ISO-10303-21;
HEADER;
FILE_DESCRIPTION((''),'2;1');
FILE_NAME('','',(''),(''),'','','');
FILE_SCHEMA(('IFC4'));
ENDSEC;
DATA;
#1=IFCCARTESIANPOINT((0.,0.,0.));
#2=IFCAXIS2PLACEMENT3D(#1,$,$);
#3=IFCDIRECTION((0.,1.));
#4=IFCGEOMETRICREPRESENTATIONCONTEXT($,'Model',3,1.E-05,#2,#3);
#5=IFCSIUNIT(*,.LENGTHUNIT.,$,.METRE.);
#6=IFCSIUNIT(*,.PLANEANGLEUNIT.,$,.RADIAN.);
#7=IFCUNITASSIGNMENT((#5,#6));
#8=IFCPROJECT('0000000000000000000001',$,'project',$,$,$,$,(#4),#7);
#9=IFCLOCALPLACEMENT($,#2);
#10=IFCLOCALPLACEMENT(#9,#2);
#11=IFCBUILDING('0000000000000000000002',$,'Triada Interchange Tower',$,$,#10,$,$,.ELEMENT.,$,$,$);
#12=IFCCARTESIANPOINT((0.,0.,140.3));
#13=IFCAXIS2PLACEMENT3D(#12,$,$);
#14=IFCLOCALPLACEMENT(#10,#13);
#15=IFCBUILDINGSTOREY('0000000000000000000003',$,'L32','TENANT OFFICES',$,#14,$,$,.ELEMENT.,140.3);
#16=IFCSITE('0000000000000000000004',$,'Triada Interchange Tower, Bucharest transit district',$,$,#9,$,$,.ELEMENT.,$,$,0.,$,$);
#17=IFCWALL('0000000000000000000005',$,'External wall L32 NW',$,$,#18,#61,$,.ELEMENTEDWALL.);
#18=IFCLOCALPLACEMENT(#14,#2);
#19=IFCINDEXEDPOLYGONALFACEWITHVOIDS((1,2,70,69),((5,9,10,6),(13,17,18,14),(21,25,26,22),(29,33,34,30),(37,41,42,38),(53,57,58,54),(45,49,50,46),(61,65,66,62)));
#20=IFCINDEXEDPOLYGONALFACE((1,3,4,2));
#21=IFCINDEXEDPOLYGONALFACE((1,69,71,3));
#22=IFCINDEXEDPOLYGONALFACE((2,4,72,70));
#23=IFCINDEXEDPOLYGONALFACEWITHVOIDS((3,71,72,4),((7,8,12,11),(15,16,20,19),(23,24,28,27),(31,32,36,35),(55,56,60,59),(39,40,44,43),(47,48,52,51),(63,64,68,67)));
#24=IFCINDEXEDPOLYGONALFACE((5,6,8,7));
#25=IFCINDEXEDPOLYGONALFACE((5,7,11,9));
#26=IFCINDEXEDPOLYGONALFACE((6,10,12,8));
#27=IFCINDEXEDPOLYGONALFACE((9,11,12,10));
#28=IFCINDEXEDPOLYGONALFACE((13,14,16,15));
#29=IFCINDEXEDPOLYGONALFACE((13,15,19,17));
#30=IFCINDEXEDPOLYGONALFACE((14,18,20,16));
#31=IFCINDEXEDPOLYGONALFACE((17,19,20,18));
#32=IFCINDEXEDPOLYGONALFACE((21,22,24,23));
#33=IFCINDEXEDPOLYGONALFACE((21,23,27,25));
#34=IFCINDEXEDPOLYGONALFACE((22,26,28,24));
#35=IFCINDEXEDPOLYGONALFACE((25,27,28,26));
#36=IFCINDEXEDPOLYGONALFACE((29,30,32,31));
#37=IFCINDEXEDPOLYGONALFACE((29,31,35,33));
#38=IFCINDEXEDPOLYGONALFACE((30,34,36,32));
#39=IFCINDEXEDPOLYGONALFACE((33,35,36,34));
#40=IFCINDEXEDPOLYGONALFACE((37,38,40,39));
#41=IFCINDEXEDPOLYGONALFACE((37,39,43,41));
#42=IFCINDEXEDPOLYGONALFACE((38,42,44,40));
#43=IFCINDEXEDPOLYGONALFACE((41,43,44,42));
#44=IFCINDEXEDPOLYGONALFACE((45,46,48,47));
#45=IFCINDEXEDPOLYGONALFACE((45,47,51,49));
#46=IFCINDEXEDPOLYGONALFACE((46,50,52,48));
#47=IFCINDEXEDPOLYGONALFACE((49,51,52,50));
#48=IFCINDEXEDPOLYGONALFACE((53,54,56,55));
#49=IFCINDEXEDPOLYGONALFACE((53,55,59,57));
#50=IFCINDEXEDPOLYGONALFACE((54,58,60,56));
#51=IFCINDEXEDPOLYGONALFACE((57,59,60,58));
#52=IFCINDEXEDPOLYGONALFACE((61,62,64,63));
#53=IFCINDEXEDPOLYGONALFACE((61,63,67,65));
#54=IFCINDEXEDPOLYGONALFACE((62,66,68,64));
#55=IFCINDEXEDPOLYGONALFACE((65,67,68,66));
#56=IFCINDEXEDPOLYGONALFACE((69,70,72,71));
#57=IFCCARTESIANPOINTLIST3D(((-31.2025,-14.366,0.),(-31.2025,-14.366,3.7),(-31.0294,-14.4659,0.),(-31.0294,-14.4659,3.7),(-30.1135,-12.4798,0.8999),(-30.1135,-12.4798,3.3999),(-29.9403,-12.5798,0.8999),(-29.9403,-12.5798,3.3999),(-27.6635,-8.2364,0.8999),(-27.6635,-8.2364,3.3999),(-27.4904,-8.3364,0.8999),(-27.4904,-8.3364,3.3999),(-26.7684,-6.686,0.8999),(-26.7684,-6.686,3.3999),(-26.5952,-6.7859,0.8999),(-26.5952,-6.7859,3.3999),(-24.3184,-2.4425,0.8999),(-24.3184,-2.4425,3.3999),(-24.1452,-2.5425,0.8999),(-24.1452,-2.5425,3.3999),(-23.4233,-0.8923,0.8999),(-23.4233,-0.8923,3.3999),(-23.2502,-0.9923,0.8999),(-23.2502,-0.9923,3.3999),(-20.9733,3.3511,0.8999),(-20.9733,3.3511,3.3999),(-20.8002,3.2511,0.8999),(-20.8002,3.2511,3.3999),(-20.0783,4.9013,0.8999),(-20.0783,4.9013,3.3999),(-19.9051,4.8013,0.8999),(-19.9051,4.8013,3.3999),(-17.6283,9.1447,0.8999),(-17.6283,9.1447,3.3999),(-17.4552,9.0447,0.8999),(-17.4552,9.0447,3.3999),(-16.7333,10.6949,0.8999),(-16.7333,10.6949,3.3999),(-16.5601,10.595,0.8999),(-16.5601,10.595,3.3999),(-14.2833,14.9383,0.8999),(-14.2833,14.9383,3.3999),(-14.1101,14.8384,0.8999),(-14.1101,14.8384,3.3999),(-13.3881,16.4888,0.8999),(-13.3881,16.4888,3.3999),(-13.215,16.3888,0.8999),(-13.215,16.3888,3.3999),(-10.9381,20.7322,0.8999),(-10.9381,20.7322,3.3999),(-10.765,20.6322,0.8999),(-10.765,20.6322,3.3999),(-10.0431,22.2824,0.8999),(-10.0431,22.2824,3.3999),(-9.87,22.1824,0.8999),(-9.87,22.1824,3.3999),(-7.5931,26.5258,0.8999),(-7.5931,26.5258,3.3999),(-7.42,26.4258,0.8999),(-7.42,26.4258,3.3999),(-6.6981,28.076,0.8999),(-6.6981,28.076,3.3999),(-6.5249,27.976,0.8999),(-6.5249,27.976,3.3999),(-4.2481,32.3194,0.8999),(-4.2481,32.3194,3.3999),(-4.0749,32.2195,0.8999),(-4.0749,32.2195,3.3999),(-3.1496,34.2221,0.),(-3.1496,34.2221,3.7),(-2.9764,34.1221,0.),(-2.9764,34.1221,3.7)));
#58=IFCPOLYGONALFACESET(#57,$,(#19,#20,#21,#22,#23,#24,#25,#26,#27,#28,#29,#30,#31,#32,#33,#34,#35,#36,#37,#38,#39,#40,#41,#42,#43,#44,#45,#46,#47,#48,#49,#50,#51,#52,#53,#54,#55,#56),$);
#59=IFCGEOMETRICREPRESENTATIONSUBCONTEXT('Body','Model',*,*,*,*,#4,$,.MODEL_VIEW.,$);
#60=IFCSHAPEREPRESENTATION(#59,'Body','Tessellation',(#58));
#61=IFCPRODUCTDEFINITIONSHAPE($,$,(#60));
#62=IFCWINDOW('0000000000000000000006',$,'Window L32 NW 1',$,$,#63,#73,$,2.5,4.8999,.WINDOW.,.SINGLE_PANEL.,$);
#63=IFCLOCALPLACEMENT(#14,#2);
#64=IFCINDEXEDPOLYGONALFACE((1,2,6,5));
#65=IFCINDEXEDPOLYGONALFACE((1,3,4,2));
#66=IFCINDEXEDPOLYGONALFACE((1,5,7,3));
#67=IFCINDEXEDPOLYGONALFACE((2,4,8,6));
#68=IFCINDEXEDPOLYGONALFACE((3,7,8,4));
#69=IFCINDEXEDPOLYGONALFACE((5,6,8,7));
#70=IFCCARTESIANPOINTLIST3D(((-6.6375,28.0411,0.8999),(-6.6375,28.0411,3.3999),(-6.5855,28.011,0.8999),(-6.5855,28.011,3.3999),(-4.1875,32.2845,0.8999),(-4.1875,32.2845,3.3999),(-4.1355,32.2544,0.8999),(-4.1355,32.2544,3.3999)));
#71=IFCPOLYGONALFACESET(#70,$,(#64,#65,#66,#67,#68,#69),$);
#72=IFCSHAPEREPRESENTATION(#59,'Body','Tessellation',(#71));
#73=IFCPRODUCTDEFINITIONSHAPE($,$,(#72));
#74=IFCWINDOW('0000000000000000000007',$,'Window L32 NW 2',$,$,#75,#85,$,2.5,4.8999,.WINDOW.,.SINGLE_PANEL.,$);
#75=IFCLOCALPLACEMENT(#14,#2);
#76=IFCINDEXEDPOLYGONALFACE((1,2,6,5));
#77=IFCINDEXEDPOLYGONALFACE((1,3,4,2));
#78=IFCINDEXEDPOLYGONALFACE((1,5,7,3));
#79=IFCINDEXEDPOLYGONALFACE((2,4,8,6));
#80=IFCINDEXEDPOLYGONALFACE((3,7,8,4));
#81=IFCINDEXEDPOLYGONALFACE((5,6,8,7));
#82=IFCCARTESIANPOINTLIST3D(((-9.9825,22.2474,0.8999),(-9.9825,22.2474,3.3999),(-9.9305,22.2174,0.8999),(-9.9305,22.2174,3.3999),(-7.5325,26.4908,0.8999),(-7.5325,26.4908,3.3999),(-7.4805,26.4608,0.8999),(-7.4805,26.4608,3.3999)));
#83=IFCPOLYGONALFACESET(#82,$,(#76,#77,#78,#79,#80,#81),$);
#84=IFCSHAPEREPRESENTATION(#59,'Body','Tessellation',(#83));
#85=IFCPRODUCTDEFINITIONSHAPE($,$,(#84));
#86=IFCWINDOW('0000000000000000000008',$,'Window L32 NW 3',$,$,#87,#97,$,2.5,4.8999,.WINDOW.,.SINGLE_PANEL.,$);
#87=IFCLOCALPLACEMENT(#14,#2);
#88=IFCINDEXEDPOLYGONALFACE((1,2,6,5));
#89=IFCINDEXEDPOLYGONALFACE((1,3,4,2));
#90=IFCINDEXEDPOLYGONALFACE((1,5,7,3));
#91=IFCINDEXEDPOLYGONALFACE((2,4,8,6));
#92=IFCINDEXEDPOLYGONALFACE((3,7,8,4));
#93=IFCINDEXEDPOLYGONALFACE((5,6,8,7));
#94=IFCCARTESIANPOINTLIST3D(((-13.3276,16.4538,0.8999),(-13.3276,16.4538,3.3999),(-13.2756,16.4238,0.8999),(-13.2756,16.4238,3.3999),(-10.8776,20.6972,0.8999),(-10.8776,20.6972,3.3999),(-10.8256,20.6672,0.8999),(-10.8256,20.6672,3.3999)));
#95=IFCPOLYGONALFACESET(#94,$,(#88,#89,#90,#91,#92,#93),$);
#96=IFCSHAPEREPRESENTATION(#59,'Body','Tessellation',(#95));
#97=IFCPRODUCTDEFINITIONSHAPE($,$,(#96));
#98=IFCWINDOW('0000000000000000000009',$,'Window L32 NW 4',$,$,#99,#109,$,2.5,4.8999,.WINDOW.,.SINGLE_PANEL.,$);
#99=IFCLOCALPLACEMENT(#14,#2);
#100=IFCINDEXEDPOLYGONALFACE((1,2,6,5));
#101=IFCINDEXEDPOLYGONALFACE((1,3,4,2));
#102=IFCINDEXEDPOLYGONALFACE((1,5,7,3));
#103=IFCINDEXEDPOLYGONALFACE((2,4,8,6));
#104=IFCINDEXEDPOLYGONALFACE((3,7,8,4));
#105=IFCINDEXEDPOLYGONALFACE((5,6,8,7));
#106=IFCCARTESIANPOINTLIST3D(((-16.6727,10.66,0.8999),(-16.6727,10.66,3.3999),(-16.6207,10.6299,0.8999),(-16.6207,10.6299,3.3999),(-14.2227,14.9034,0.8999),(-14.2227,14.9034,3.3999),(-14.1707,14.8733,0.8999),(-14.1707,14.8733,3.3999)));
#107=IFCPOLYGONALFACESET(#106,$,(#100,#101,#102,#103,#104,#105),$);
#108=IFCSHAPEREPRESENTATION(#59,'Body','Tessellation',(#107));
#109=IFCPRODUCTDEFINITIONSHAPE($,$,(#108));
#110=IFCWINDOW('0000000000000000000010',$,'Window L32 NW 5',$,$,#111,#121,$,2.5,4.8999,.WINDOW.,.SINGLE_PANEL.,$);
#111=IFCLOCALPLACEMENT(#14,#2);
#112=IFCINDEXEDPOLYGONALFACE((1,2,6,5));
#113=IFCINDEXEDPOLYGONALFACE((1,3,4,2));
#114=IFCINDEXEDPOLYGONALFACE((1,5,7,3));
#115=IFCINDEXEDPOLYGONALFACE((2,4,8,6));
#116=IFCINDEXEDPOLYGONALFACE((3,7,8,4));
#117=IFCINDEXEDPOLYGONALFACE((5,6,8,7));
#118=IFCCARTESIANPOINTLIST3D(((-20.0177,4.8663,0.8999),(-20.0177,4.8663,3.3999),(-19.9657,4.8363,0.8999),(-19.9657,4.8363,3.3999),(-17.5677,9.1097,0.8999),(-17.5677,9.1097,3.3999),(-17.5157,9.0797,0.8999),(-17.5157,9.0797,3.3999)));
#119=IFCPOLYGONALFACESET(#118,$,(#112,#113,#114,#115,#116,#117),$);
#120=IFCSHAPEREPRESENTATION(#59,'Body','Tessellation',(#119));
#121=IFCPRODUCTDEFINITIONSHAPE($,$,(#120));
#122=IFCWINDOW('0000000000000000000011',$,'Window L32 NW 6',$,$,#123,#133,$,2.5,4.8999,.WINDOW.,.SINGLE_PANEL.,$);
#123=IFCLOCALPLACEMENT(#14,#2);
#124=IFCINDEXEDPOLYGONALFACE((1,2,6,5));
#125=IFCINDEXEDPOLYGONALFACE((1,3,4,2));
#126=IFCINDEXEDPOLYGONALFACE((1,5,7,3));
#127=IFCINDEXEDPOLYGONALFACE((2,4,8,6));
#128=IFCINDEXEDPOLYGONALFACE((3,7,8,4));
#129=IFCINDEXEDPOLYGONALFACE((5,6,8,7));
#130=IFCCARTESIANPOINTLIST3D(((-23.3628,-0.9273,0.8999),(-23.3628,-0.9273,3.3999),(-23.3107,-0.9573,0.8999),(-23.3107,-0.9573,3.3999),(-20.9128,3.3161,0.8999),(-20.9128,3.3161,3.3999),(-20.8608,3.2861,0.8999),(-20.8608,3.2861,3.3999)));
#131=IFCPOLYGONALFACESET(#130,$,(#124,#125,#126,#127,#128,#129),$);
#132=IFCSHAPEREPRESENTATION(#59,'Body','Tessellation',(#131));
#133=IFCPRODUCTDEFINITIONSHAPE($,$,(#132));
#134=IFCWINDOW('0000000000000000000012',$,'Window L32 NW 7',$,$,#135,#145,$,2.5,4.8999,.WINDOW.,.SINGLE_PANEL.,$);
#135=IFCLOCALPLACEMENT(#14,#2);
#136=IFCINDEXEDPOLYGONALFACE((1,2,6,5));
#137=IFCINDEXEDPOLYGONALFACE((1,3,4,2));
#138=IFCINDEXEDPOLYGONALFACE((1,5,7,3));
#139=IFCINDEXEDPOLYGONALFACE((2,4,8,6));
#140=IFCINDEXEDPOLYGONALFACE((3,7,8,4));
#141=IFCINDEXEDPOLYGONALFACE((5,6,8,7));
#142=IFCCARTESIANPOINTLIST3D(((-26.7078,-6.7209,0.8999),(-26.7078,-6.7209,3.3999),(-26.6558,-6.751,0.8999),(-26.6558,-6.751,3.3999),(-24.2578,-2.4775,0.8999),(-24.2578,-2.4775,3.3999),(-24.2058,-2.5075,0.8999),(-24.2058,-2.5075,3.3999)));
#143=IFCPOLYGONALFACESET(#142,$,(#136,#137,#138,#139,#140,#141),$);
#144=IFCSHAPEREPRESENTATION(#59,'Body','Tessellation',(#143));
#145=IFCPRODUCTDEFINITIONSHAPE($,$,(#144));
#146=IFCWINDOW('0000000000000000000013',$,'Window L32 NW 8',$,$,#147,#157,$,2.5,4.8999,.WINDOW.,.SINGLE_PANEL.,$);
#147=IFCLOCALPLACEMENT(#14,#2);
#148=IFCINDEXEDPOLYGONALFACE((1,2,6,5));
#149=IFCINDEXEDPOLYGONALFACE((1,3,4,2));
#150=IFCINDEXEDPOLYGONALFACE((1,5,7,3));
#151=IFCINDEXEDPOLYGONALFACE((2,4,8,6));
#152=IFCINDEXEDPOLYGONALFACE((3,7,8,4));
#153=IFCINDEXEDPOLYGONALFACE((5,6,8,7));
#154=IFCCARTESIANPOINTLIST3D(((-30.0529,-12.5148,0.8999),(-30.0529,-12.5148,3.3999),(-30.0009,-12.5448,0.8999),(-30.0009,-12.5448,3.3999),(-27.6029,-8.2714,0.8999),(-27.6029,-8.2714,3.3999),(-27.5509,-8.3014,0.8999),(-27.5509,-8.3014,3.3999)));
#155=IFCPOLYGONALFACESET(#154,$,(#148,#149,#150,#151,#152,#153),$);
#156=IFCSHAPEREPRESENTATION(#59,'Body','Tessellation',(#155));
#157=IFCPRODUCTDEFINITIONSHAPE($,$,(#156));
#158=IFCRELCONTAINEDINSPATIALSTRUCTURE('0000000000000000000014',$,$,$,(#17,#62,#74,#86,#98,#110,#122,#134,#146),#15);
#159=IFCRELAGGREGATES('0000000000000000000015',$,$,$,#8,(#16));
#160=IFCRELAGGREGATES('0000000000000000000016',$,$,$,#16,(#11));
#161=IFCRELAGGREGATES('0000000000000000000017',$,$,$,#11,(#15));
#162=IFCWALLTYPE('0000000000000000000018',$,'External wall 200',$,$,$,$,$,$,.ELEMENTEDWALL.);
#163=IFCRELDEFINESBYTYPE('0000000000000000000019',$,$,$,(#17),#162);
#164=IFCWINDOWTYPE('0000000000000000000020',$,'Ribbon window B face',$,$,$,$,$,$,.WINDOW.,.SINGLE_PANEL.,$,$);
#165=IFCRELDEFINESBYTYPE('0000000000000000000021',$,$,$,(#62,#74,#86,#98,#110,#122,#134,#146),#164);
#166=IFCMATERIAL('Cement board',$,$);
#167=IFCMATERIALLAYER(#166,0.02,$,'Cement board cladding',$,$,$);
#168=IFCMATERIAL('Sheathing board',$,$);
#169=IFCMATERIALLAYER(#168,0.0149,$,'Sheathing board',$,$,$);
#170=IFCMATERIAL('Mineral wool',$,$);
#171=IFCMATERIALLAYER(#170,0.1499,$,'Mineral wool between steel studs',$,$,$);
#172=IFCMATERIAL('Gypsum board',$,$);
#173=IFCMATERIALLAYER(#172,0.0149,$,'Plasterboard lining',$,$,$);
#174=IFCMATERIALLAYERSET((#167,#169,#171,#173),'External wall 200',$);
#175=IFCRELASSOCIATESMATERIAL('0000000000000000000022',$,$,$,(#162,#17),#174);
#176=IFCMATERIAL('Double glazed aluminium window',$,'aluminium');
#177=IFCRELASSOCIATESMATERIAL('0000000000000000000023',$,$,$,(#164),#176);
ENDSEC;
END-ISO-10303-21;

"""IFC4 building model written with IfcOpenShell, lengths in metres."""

from ifc_helpers import new_model, si_unit, direction, frame, frame_2d, origin, place, context, subcontext, project, spatial, rectangle, extrude, material, layer, layer_set, layer_usage, type_object, element, fill, save


model = new_model("IFC4")

# Units and contexts
model_context = context("Model", 3, precision=1e-05, world=origin(), true_north=direction((0.0, 1.0)))
body_context = subcontext(model_context, "Body", "Model", "MODEL_VIEW")
ifc_project = project(units=[si_unit("LENGTHUNIT", "METRE"), si_unit("PLANEANGLEUNIT", "RADIAN")], contexts=[model_context])

# Site, building, storey
site_placement = place(None, origin())
site = spatial("IfcSite", under=ifc_project, at=site_placement, Name="Triada Interchange Tower, Bucharest transit district", CompositionType="ELEMENT", RefElevation=0.0)
building_placement = place(site_placement, origin())
building = spatial("IfcBuilding", under=site, at=building_placement, Name="Triada Interchange Tower", CompositionType="ELEMENT")
storey_placement = place(building_placement, frame((0.0, 0.0, 140.3)))
storey = spatial("IfcBuildingStorey", under=building, at=storey_placement, Name="L32", Description="TENANT OFFICES", CompositionType="ELEMENT", Elevation=140.3)

# Wall, openings, windows
ifc_material_1 = material(Name="Cement board")
ifc_layer_1 = layer(ifc_material_1, 0.02, Name="Cement board cladding")
ifc_material_2 = material(Name="Sheathing board")
ifc_layer_2 = layer(ifc_material_2, 0.0149, Name="Sheathing board")
ifc_material_3 = material(Name="Mineral wool")
ifc_layer_3 = layer(ifc_material_3, 0.1499, Name="Mineral wool between steel studs")
ifc_material_4 = material(Name="Gypsum board")
ifc_layer_4 = layer(ifc_material_4, 0.0149, Name="Plasterboard lining")
ifc_layer_set_1 = layer_set([ifc_layer_1, ifc_layer_2, ifc_layer_3, ifc_layer_4], Name="External wall 200")
ifc_layer_usage = layer_usage(ifc_layer_set_1, "AXIS2", "POSITIVE", -0.1001)
wall_type_1 = type_object("IfcWallType", Name="External wall 200", PredefinedType="ELEMENTEDWALL", material=ifc_layer_set_1)
wall_1_placement = place(storey_placement, frame((-3.063, 34.1721, 0.0), z_axis=(0.0, 0.0, 1.0), x_axis=(-0.500008, -0.866021, 0.0)))
wall_1 = element("IfcWall", 1, at=wall_1_placement, inside=storey, type_object=wall_type_1, material=ifc_layer_usage, Name="External wall L32 NW", PredefinedType="ELEMENTEDWALL", context=body_context, shape_type="SweptSolid", body=[
    extrude(rectangle(XDim=56.105, YDim=0.2, at=frame_2d((28.0525, 0.0))), origin(), (0.0, 0.0, 1.0), 3.7),
])
opening_1_placement = place(wall_1_placement, frame((2.197, 0.0, 0.8999)))
opening_1 = element("IfcOpeningElement", 2, at=opening_1_placement, cuts=wall_1, PredefinedType="OPENING", context=body_context, shape_type="SweptSolid", body=[
    extrude(rectangle(XDim=4.8999, YDim=2.5, at=frame_2d((2.45, 1.25))), frame((0.0, 0.1099, 0.0), z_axis=(0.0, -1.0, 0.0), x_axis=(1.0, 0.0, 0.0)), (0.0, 0.0, 1.0), 0.22),
])
opening_2_placement = place(wall_1_placement, frame((8.887, 0.0, 0.8999)))
opening_2 = element("IfcOpeningElement", 3, at=opening_2_placement, cuts=wall_1, PredefinedType="OPENING", context=body_context, shape_type="SweptSolid", body=[
    extrude(rectangle(XDim=4.8999, YDim=2.5, at=frame_2d((2.45, 1.25))), frame((0.0, 0.1099, 0.0), z_axis=(0.0, -1.0, 0.0), x_axis=(1.0, 0.0, 0.0)), (0.0, 0.0, 1.0), 0.22),
])
opening_3_placement = place(wall_1_placement, frame((15.5769, 0.0, 0.8999)))
opening_3 = element("IfcOpeningElement", 4, at=opening_3_placement, cuts=wall_1, PredefinedType="OPENING", context=body_context, shape_type="SweptSolid", body=[
    extrude(rectangle(XDim=4.8999, YDim=2.5, at=frame_2d((2.45, 1.25))), frame((0.0, 0.1099, 0.0), z_axis=(0.0, -1.0, 0.0), x_axis=(1.0, 0.0, 0.0)), (0.0, 0.0, 1.0), 0.22),
])
opening_4_placement = place(wall_1_placement, frame((22.2671, 0.0, 0.8999)))
opening_4 = element("IfcOpeningElement", 5, at=opening_4_placement, cuts=wall_1, PredefinedType="OPENING", context=body_context, shape_type="SweptSolid", body=[
    extrude(rectangle(XDim=4.8999, YDim=2.5, at=frame_2d((2.45, 1.25))), frame((0.0, 0.1099, 0.0), z_axis=(0.0, -1.0, 0.0), x_axis=(1.0, 0.0, 0.0)), (0.0, 0.0, 1.0), 0.22),
])
opening_5_placement = place(wall_1_placement, frame((28.957, 0.0, 0.8999)))
opening_5 = element("IfcOpeningElement", 6, at=opening_5_placement, cuts=wall_1, PredefinedType="OPENING", context=body_context, shape_type="SweptSolid", body=[
    extrude(rectangle(XDim=4.8999, YDim=2.5, at=frame_2d((2.45, 1.25))), frame((0.0, 0.1099, 0.0), z_axis=(0.0, -1.0, 0.0), x_axis=(1.0, 0.0, 0.0)), (0.0, 0.0, 1.0), 0.22),
])
opening_6_placement = place(wall_1_placement, frame((35.647, 0.0, 0.8999)))
opening_6 = element("IfcOpeningElement", 7, at=opening_6_placement, cuts=wall_1, PredefinedType="OPENING", context=body_context, shape_type="SweptSolid", body=[
    extrude(rectangle(XDim=4.8999, YDim=2.5, at=frame_2d((2.45, 1.25))), frame((0.0, 0.1099, 0.0), z_axis=(0.0, -1.0, 0.0), x_axis=(1.0, 0.0, 0.0)), (0.0, 0.0, 1.0), 0.22),
])
opening_7_placement = place(wall_1_placement, frame((42.3369, 0.0, 0.8999)))
opening_7 = element("IfcOpeningElement", 8, at=opening_7_placement, cuts=wall_1, PredefinedType="OPENING", context=body_context, shape_type="SweptSolid", body=[
    extrude(rectangle(XDim=4.8999, YDim=2.5, at=frame_2d((2.45, 1.25))), frame((0.0, 0.1099, 0.0), z_axis=(0.0, -1.0, 0.0), x_axis=(1.0, 0.0, 0.0)), (0.0, 0.0, 1.0), 0.22),
])
opening_8_placement = place(wall_1_placement, frame((49.0271, 0.0, 0.8999)))
opening_8 = element("IfcOpeningElement", 9, at=opening_8_placement, cuts=wall_1, PredefinedType="OPENING", context=body_context, shape_type="SweptSolid", body=[
    extrude(rectangle(XDim=4.8999, YDim=2.5, at=frame_2d((2.45, 1.25))), frame((0.0, 0.1099, 0.0), z_axis=(0.0, -1.0, 0.0), x_axis=(1.0, 0.0, 0.0)), (0.0, 0.0, 1.0), 0.22),
])
ifc_material_5 = material(Name="Double glazed aluminium window", Category="aluminium")
window_type = type_object("IfcWindowType", Name="Ribbon window B face", PartitioningType="SINGLE_PANEL", PredefinedType="WINDOW", material=ifc_material_5)
window_1_placement = place(opening_1_placement, origin())
window_1 = element("IfcWindow", 10, at=window_1_placement, inside=storey, type_object=window_type, Name="Window L32 NW 1", OverallHeight=2.5, OverallWidth=4.8999, PartitioningType="SINGLE_PANEL", PredefinedType="WINDOW", context=body_context, shape_type="SweptSolid", body=[
    extrude(rectangle(XDim=4.8999, YDim=2.5, at=frame_2d((2.45, 1.25))), frame((0.0, 0.03, 0.0), z_axis=(0.0, -1.0, 0.0), x_axis=(1.0, 0.0, 0.0)), (0.0, 0.0, 1.0), 0.0601),
])
fill(opening_1, window_1)
window_2_placement = place(opening_2_placement, origin())
window_2 = element("IfcWindow", 11, at=window_2_placement, inside=storey, type_object=window_type, Name="Window L32 NW 2", OverallHeight=2.5, OverallWidth=4.8999, PartitioningType="SINGLE_PANEL", PredefinedType="WINDOW", context=body_context, shape_type="SweptSolid", body=[
    extrude(rectangle(XDim=4.8999, YDim=2.5, at=frame_2d((2.45, 1.25))), frame((0.0, 0.03, 0.0), z_axis=(0.0, -1.0, 0.0), x_axis=(1.0, 0.0, 0.0)), (0.0, 0.0, 1.0), 0.0601),
])
fill(opening_2, window_2)
window_3_placement = place(opening_3_placement, origin())
window_3 = element("IfcWindow", 12, at=window_3_placement, inside=storey, type_object=window_type, Name="Window L32 NW 3", OverallHeight=2.5, OverallWidth=4.8999, PartitioningType="SINGLE_PANEL", PredefinedType="WINDOW", context=body_context, shape_type="SweptSolid", body=[
    extrude(rectangle(XDim=4.8999, YDim=2.5, at=frame_2d((2.45, 1.25))), frame((0.0, 0.03, 0.0), z_axis=(0.0, -1.0, 0.0), x_axis=(1.0, 0.0, 0.0)), (0.0, 0.0, 1.0), 0.0601),
])
fill(opening_3, window_3)
window_4_placement = place(opening_4_placement, origin())
window_4 = element("IfcWindow", 13, at=window_4_placement, inside=storey, type_object=window_type, Name="Window L32 NW 4", OverallHeight=2.5, OverallWidth=4.8999, PartitioningType="SINGLE_PANEL", PredefinedType="WINDOW", context=body_context, shape_type="SweptSolid", body=[
    extrude(rectangle(XDim=4.8999, YDim=2.5, at=frame_2d((2.45, 1.25))), frame((0.0, 0.03, 0.0), z_axis=(0.0, -1.0, 0.0), x_axis=(1.0, 0.0, 0.0)), (0.0, 0.0, 1.0), 0.0601),
])
fill(opening_4, window_4)
window_5_placement = place(opening_5_placement, origin())
window_5 = element("IfcWindow", 14, at=window_5_placement, inside=storey, type_object=window_type, Name="Window L32 NW 5", OverallHeight=2.5, OverallWidth=4.8999, PartitioningType="SINGLE_PANEL", PredefinedType="WINDOW", context=body_context, shape_type="SweptSolid", body=[
    extrude(rectangle(XDim=4.8999, YDim=2.5, at=frame_2d((2.45, 1.25))), frame((0.0, 0.03, 0.0), z_axis=(0.0, -1.0, 0.0), x_axis=(1.0, 0.0, 0.0)), (0.0, 0.0, 1.0), 0.0601),
])
fill(opening_5, window_5)
window_6_placement = place(opening_6_placement, origin())
window_6 = element("IfcWindow", 15, at=window_6_placement, inside=storey, type_object=window_type, Name="Window L32 NW 6", OverallHeight=2.5, OverallWidth=4.8999, PartitioningType="SINGLE_PANEL", PredefinedType="WINDOW", context=body_context, shape_type="SweptSolid", body=[
    extrude(rectangle(XDim=4.8999, YDim=2.5, at=frame_2d((2.45, 1.25))), frame((0.0, 0.03, 0.0), z_axis=(0.0, -1.0, 0.0), x_axis=(1.0, 0.0, 0.0)), (0.0, 0.0, 1.0), 0.0601),
])
fill(opening_6, window_6)
window_7_placement = place(opening_7_placement, origin())
window_7 = element("IfcWindow", 16, at=window_7_placement, inside=storey, type_object=window_type, Name="Window L32 NW 7", OverallHeight=2.5, OverallWidth=4.8999, PartitioningType="SINGLE_PANEL", PredefinedType="WINDOW", context=body_context, shape_type="SweptSolid", body=[
    extrude(rectangle(XDim=4.8999, YDim=2.5, at=frame_2d((2.45, 1.25))), frame((0.0, 0.03, 0.0), z_axis=(0.0, -1.0, 0.0), x_axis=(1.0, 0.0, 0.0)), (0.0, 0.0, 1.0), 0.0601),
])
fill(opening_7, window_7)
window_8_placement = place(opening_8_placement, origin())
window_8 = element("IfcWindow", 17, at=window_8_placement, inside=storey, type_object=window_type, Name="Window L32 NW 8", OverallHeight=2.5, OverallWidth=4.8999, PartitioningType="SINGLE_PANEL", PredefinedType="WINDOW", context=body_context, shape_type="SweptSolid", body=[
    extrude(rectangle(XDim=4.8999, YDim=2.5, at=frame_2d((2.45, 1.25))), frame((0.0, 0.03, 0.0), z_axis=(0.0, -1.0, 0.0), x_axis=(1.0, 0.0, 0.0)), (0.0, 0.0, 1.0), 0.0601),
])
fill(opening_8, window_8)

save(model, "model.ifc")
